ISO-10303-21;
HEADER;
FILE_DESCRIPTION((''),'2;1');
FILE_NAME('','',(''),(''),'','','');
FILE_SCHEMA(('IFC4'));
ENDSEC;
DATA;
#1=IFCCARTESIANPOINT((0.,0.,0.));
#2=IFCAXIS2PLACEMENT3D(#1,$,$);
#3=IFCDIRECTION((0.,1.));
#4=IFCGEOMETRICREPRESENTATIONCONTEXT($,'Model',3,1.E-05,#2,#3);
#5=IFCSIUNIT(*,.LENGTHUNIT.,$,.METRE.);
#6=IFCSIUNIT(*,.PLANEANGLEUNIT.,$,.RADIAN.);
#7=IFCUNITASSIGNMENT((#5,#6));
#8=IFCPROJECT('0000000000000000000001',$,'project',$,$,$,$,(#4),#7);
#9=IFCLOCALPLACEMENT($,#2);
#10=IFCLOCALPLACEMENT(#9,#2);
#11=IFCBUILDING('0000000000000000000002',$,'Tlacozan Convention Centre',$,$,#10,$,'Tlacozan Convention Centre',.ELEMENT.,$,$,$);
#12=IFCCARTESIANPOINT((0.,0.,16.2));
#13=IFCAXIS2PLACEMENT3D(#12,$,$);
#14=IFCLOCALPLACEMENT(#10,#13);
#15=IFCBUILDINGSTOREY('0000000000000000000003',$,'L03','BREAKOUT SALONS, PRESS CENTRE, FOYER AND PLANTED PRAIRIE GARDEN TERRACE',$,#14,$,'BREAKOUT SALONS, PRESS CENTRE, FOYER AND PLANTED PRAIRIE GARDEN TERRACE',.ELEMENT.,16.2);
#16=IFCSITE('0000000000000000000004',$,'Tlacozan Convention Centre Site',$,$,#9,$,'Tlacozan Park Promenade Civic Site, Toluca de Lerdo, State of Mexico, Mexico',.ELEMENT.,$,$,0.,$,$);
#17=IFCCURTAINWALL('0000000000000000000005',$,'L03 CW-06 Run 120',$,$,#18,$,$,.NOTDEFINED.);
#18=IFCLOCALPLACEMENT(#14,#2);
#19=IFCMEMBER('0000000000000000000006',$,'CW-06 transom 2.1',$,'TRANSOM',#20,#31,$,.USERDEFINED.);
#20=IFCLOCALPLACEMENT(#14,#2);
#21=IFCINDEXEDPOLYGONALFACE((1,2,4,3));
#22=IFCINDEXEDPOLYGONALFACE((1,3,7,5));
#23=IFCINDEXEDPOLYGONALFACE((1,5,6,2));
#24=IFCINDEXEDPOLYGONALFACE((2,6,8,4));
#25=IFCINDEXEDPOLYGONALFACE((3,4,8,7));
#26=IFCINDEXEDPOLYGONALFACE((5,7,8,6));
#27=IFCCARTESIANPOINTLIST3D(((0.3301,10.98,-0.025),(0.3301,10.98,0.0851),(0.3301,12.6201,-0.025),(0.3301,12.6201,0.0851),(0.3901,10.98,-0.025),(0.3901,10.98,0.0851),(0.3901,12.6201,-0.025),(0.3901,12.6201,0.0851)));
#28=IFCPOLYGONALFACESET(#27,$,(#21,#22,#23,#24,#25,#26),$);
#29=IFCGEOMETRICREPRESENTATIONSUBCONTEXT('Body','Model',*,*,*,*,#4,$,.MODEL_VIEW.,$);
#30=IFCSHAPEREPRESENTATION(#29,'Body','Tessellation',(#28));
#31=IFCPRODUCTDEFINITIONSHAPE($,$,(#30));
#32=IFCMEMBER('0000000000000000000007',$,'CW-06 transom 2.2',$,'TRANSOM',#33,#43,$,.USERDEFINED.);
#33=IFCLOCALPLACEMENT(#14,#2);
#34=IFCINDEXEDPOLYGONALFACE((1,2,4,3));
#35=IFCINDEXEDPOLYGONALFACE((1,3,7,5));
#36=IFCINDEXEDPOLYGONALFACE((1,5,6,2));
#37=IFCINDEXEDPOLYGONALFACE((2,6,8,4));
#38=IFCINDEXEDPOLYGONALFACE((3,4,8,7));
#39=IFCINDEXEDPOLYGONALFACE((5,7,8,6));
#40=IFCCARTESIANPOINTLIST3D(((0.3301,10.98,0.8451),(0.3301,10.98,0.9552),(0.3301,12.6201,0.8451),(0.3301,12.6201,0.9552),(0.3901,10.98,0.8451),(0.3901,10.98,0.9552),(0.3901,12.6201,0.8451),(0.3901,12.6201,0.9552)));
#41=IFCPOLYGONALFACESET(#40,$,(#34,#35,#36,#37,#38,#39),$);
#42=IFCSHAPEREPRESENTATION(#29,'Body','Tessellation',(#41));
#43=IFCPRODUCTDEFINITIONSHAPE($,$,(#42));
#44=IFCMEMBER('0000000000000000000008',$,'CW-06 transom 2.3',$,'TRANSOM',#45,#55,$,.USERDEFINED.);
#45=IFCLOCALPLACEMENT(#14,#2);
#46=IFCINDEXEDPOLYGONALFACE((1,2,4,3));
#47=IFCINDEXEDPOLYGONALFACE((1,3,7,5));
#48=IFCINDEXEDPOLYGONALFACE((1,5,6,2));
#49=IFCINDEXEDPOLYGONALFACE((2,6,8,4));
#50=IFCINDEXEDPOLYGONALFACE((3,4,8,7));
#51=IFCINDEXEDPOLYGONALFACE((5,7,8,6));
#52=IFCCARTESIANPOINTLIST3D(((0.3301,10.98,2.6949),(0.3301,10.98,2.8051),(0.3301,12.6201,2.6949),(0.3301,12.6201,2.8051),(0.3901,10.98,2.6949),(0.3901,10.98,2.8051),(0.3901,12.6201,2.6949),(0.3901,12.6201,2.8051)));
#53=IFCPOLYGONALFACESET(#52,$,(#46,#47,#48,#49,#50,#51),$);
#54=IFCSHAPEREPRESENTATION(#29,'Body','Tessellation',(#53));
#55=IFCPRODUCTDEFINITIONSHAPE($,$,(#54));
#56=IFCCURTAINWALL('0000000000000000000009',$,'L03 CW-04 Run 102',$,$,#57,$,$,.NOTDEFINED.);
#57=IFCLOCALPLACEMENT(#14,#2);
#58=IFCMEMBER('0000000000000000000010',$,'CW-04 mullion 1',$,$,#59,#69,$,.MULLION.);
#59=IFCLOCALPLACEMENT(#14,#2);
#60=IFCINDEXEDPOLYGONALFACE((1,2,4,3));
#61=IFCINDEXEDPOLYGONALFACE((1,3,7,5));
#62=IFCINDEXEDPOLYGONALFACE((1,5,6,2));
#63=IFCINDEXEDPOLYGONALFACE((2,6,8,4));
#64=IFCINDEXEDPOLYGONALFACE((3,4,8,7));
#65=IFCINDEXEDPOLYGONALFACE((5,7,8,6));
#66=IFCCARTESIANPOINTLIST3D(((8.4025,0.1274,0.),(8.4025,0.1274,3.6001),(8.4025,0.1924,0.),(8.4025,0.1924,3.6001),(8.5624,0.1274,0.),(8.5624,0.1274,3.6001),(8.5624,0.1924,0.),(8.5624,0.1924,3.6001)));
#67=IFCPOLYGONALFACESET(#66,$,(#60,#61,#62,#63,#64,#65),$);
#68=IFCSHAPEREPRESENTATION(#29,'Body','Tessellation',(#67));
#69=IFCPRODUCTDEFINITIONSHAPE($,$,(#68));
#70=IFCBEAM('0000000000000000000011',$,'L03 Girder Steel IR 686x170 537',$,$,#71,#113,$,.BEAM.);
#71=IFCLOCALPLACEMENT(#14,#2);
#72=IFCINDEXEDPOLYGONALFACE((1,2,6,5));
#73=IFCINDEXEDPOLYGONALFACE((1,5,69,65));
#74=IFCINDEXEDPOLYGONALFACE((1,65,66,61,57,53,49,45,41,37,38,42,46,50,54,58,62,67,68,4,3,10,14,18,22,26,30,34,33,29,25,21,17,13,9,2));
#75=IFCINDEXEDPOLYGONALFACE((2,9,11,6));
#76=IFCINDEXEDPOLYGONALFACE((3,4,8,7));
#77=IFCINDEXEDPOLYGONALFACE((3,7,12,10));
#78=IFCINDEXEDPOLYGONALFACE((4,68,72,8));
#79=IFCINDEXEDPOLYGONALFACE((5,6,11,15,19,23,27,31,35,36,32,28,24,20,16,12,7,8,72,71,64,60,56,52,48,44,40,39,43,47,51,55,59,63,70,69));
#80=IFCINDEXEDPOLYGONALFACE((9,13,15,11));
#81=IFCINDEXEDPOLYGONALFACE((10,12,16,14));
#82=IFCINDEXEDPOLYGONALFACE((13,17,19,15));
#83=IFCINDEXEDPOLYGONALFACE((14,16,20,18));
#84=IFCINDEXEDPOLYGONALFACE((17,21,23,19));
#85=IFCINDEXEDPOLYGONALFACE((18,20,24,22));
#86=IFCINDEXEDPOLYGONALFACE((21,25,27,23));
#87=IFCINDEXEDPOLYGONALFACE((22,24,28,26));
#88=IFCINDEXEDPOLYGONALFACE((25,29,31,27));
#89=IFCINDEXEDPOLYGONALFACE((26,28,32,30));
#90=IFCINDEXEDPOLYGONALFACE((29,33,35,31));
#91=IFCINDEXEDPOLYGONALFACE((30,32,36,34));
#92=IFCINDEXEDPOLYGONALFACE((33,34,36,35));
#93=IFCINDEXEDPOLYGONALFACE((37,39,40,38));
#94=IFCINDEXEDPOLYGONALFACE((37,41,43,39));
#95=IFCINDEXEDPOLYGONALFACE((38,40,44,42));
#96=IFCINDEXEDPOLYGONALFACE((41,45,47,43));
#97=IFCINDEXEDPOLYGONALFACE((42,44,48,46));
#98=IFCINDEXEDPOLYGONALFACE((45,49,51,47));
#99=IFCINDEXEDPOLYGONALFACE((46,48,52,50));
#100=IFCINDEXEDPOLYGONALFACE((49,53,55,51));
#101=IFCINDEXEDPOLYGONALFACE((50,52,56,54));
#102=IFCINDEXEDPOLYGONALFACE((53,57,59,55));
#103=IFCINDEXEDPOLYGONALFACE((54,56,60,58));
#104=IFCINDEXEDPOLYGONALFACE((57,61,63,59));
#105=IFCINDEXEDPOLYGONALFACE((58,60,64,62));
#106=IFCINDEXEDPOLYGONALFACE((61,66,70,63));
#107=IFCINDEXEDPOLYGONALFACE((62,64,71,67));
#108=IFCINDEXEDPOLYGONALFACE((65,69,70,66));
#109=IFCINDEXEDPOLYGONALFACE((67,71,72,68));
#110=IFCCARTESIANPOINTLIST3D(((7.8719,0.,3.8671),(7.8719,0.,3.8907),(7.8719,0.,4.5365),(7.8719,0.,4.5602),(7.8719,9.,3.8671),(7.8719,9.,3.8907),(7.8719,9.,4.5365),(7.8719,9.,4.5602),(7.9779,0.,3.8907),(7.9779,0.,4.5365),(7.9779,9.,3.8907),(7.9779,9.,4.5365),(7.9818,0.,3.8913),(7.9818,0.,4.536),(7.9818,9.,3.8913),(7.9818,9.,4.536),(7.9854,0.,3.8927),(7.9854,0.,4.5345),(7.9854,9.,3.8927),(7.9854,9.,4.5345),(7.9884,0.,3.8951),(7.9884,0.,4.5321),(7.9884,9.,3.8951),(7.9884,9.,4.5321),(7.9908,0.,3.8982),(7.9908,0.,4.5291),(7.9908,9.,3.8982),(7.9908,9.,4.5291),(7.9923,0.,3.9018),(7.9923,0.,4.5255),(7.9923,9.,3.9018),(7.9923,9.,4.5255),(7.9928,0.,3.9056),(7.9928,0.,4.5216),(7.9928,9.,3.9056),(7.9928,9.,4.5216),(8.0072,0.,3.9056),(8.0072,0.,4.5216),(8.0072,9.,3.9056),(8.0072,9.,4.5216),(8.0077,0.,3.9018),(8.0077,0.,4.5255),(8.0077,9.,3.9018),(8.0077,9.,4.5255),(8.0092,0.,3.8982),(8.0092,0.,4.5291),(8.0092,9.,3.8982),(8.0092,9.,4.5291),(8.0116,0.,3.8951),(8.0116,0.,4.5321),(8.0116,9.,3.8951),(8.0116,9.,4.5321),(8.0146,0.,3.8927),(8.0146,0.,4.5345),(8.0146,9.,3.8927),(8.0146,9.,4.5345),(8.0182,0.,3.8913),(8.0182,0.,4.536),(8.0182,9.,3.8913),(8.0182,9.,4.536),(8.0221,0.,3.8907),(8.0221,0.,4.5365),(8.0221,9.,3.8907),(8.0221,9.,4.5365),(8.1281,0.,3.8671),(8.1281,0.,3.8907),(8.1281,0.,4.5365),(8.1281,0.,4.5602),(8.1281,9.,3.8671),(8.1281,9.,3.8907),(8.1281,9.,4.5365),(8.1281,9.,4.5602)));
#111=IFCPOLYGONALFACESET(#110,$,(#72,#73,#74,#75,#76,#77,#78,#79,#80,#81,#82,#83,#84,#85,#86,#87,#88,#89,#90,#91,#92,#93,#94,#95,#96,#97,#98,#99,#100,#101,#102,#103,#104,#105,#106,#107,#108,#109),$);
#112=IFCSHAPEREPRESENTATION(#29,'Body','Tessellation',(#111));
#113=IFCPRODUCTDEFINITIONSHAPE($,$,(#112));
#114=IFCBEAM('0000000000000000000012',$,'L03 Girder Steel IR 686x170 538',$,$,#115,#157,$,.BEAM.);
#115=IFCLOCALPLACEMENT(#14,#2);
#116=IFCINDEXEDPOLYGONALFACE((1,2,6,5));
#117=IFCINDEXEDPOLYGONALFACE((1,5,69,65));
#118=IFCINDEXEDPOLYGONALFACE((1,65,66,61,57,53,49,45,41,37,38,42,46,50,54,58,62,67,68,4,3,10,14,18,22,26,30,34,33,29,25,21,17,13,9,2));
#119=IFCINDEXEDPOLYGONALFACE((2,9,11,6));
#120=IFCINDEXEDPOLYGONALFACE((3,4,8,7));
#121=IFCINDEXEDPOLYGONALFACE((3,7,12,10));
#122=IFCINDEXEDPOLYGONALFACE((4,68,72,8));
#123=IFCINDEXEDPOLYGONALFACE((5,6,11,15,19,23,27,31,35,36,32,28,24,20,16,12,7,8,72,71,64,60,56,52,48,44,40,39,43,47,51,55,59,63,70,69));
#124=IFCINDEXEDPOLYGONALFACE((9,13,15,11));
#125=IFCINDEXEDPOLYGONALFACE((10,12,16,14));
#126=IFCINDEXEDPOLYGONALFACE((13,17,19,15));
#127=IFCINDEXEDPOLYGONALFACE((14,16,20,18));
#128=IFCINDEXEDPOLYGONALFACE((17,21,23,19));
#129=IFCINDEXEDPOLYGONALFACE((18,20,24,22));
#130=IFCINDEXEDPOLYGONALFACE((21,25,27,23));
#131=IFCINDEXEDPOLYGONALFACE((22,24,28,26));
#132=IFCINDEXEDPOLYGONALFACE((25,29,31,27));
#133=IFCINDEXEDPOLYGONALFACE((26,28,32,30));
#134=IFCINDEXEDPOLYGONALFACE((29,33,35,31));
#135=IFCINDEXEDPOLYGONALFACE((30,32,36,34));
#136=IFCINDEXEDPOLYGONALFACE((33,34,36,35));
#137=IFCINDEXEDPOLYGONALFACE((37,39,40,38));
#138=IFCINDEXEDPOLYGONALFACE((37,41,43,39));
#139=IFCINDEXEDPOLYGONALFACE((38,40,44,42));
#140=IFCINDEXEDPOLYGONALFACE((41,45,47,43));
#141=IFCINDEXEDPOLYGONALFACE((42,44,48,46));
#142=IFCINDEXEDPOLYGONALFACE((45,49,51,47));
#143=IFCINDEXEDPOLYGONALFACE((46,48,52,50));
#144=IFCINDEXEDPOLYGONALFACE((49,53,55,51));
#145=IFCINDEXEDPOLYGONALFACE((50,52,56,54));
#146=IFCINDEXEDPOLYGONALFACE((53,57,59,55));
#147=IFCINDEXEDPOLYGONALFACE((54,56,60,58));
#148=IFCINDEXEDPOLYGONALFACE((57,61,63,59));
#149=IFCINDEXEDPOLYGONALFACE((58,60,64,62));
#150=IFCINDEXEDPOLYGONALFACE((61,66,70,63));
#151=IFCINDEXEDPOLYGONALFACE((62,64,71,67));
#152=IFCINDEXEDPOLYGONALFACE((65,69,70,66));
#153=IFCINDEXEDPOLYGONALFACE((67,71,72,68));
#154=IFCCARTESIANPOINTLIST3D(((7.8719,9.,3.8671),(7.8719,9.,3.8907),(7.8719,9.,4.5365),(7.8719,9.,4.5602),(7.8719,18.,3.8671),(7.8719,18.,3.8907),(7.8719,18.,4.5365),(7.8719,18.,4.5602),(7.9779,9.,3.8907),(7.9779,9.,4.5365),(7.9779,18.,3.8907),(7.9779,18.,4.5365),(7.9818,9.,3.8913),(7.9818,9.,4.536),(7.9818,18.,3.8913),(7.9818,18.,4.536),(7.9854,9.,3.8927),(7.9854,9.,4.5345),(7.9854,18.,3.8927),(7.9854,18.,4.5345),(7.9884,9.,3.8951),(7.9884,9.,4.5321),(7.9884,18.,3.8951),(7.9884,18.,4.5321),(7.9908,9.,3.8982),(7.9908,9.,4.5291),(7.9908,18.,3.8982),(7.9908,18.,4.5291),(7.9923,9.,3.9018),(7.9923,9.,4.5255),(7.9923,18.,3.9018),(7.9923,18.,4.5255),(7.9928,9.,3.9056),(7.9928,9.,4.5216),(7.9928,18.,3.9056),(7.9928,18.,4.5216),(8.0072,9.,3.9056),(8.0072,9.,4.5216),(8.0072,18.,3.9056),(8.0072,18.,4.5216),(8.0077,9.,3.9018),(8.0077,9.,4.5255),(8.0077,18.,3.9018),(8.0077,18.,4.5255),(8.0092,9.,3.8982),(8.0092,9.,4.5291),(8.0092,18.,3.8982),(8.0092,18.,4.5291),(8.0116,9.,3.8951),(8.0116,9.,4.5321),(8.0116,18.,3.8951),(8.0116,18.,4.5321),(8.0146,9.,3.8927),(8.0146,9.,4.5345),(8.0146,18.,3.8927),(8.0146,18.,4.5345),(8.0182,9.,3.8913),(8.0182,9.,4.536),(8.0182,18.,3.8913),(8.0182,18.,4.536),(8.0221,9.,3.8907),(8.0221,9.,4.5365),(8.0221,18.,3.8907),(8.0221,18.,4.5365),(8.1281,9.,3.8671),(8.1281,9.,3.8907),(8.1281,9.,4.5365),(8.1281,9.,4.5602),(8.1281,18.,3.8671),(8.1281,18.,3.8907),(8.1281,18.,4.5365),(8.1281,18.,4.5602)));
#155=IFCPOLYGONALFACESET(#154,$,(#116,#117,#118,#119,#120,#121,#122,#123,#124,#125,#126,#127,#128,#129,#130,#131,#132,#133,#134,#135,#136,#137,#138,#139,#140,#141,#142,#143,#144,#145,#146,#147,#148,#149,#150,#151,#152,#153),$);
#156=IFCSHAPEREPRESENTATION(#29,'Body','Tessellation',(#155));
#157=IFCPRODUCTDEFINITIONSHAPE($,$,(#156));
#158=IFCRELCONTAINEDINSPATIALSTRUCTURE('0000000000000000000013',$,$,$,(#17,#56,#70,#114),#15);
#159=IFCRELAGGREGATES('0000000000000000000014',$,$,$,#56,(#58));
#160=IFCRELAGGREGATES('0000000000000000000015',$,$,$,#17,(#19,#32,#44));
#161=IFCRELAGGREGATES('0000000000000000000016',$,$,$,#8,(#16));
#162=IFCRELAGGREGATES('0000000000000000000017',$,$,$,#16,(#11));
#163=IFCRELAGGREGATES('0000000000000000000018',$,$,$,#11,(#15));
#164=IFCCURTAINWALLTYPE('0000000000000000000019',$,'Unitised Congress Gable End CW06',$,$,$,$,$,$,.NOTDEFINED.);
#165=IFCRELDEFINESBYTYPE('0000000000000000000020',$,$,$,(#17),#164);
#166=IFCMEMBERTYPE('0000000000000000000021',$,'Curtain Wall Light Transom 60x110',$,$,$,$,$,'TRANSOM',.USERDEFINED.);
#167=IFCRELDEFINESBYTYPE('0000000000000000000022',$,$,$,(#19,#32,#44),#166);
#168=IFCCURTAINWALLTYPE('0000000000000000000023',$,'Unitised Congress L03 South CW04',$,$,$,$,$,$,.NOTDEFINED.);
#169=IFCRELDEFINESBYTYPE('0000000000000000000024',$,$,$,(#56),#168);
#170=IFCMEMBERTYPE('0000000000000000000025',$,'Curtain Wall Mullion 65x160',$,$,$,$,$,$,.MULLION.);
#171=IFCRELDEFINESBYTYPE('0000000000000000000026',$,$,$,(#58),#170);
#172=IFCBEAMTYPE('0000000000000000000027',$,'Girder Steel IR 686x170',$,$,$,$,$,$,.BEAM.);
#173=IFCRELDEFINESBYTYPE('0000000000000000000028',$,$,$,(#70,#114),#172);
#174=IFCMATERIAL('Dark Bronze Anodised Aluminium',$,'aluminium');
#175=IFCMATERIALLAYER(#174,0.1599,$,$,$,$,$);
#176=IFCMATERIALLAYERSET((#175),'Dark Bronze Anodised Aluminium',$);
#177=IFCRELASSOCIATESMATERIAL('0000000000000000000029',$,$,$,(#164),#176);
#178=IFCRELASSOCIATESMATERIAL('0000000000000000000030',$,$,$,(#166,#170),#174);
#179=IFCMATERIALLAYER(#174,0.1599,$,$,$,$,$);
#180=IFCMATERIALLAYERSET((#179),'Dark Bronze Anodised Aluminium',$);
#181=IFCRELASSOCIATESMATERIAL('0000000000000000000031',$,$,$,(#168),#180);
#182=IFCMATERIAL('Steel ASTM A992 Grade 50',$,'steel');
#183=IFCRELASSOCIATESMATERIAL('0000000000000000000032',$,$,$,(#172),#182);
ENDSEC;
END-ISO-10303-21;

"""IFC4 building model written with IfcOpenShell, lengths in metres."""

from ifc_helpers import new_model, si_unit, direction, frame, origin, origin_2d, place, context, subcontext, project, spatial, rectangle, i_section, extrude, material, layer, layer_set, material_profile, profile_set, type_object, element, aggregate, save


model = new_model("IFC4")

# Units and contexts
model_context = context("Model", 3, precision=1e-05, world=origin(), true_north=direction((0.0, 1.0)))
body_context = subcontext(model_context, "Body", "Model", "MODEL_VIEW")
ifc_project = project(units=[si_unit("LENGTHUNIT", "METRE"), si_unit("PLANEANGLEUNIT", "RADIAN")], contexts=[model_context])

# Site, building, storey
site_placement = place(None, origin())
site = spatial("IfcSite", under=ifc_project, at=site_placement, Name="Tlacozan Convention Centre Site", LongName="Tlacozan Park Promenade Civic Site, Toluca de Lerdo, State of Mexico, Mexico", CompositionType="ELEMENT", RefElevation=0.0)
building_placement = place(site_placement, origin())
building = spatial("IfcBuilding", under=site, at=building_placement, Name="Tlacozan Convention Centre", LongName="Tlacozan Convention Centre", CompositionType="ELEMENT")
storey_placement = place(building_placement, frame((0.0, 0.0, 16.2)))
storey = spatial("IfcBuildingStorey", under=building, at=storey_placement, Name="L03", Description="BREAKOUT SALONS, PRESS CENTRE, FOYER AND PLANTED PRAIRIE GARDEN TERRACE", LongName="BREAKOUT SALONS, PRESS CENTRE, FOYER AND PLANTED PRAIRIE GARDEN TERRACE", CompositionType="ELEMENT", Elevation=16.2)

# Shared definitions
ifc_material_1 = material(Name="Steel ASTM A992 Grade 50", Category="steel")

# Curtain wall, members
ifc_material_2 = material(Name="Dark Bronze Anodised Aluminium", Category="aluminium")
ifc_layer_1 = layer(ifc_material_2, 0.1599)
ifc_layer_set_1 = layer_set([ifc_layer_1], Name="Dark Bronze Anodised Aluminium")
curtain_wall_type_1 = type_object("IfcCurtainWallType", Name="Unitised Congress Gable End CW06", PredefinedType="NOTDEFINED", material=ifc_layer_set_1)
curtain_wall_1_placement = place(storey_placement, origin())
curtain_wall_1 = element("IfcCurtainWall", 1, at=curtain_wall_1_placement, inside=storey, type_object=curtain_wall_type_1, Name="L03 CW-06 Run 120", PredefinedType="NOTDEFINED")
ifc_material_profile_1 = material_profile(ifc_material_2, rectangle(XDim=0.0601, YDim=0.1101, at=origin_2d()), Name="ALU 60x110")
ifc_profile_set_1 = profile_set([ifc_material_profile_1], Name="Dark Bronze Anodised Aluminium")
member_type_1 = type_object("IfcMemberType", Name="Curtain Wall Light Transom 60x110", ElementType="TRANSOM", PredefinedType="USERDEFINED", material=ifc_profile_set_1)
member_1_placement = place(storey_placement, frame((0.3601, 10.98, 0.03), z_axis=(0.0, 1.0, 0.0), x_axis=(-1.0, 0.0, 0.0)))
member_1 = element("IfcMember", 2, at=member_1_placement, type_object=member_type_1, Name="CW-06 transom 2.1", ObjectType="TRANSOM", PredefinedType="USERDEFINED", context=body_context, shape_type="SweptSolid", body=[
    extrude(rectangle(XDim=0.0601, YDim=0.1101, at=origin_2d()), origin(), (0.0, 0.0, 1.0), 1.6401),
])
member_2_placement = place(storey_placement, frame((0.3601, 10.98, 0.9001), z_axis=(0.0, 1.0, 0.0), x_axis=(-1.0, 0.0, 0.0)))
member_2 = element("IfcMember", 3, at=member_2_placement, type_object=member_type_1, Name="CW-06 transom 2.2", ObjectType="TRANSOM", PredefinedType="USERDEFINED", context=body_context, shape_type="SweptSolid", body=[
    extrude(rectangle(XDim=0.0601, YDim=0.1101, at=origin_2d()), origin(), (0.0, 0.0, 1.0), 1.6401),
])
member_3_placement = place(storey_placement, frame((0.3601, 10.98, 2.75), z_axis=(0.0, 1.0, 0.0), x_axis=(-1.0, 0.0, 0.0)))
member_3 = element("IfcMember", 4, at=member_3_placement, type_object=member_type_1, Name="CW-06 transom 2.3", ObjectType="TRANSOM", PredefinedType="USERDEFINED", context=body_context, shape_type="SweptSolid", body=[
    extrude(rectangle(XDim=0.0601, YDim=0.1101, at=origin_2d()), origin(), (0.0, 0.0, 1.0), 1.6401),
])

# Curtain wall, member
ifc_layer_2 = layer(ifc_material_2, 0.1599)
ifc_layer_set_2 = layer_set([ifc_layer_2], Name="Dark Bronze Anodised Aluminium")
curtain_wall_type_2 = type_object("IfcCurtainWallType", Name="Unitised Congress L03 South CW04", PredefinedType="NOTDEFINED", material=ifc_layer_set_2)
curtain_wall_2_placement = place(storey_placement, origin())
curtain_wall_2 = element("IfcCurtainWall", 5, at=curtain_wall_2_placement, inside=storey, type_object=curtain_wall_type_2, Name="L03 CW-04 Run 102", PredefinedType="NOTDEFINED")
ifc_material_profile_2 = material_profile(ifc_material_2, rectangle(XDim=0.0649, YDim=0.1599, at=origin_2d()), Name="ALU 65x160")
ifc_profile_set_2 = profile_set([ifc_material_profile_2], Name="Dark Bronze Anodised Aluminium")
member_type_2 = type_object("IfcMemberType", Name="Curtain Wall Mullion 65x160", PredefinedType="MULLION", material=ifc_profile_set_2)
member_4_placement = place(storey_placement, frame((8.4824, 0.1599, 0.0), z_axis=(0.0, 0.0, 1.0), x_axis=(0.0, 1.0, 0.0)))
member_4 = element("IfcMember", 6, at=member_4_placement, type_object=member_type_2, Name="CW-04 mullion 1", PredefinedType="MULLION", context=body_context, shape_type="SweptSolid", body=[
    extrude(rectangle(XDim=0.0649, YDim=0.1599, at=origin_2d()), origin(), (0.0, 0.0, 1.0), 3.6001),
])
aggregate(curtain_wall_2, [member_4])

# Beams
ifc_material_profile_3 = material_profile(ifc_material_1, i_section(OverallWidth=0.2561, OverallDepth=0.6931, WebThickness=0.0144, FlangeThickness=0.0237, FilletRadius=0.0149, at=origin_2d()), Name="IR 686x170.0")
ifc_profile_set_3 = profile_set([ifc_material_profile_3], Name="Steel ASTM A992 Grade 50")
beam_type_1 = type_object("IfcBeamType", Name="Girder Steel IR 686x170", PredefinedType="BEAM", material=ifc_profile_set_3)
for number, where, z_axis, x_axis, name in (
    (7, (8.0, 0.0, 4.2136), (0.0, 1.0, 0.0), (-1.0, 0.0, 0.0), "L03 Girder Steel IR 686x170 537"),
    (8, (8.0, 9.0, 4.2136), (0.0, 1.0, 0.0), (-1.0, 0.0, 0.0), "L03 Girder Steel IR 686x170 538"),
):
    element("IfcBeam", number, at=place(storey_placement, frame(where, z_axis=z_axis, x_axis=x_axis)), inside=storey, type_object=beam_type_1, Name=name, PredefinedType="BEAM", context=body_context, shape_type="SweptSolid", body=[
        extrude(i_section(OverallWidth=0.2561, OverallDepth=0.6931, WebThickness=0.0144, FlangeThickness=0.0237, FilletRadius=0.0149, at=origin_2d()), origin(), (0.0, 0.0, 1.0), 9.0),
    ])

aggregate(curtain_wall_1, [member_1, member_2, member_3])

save(model, "model.ifc")
